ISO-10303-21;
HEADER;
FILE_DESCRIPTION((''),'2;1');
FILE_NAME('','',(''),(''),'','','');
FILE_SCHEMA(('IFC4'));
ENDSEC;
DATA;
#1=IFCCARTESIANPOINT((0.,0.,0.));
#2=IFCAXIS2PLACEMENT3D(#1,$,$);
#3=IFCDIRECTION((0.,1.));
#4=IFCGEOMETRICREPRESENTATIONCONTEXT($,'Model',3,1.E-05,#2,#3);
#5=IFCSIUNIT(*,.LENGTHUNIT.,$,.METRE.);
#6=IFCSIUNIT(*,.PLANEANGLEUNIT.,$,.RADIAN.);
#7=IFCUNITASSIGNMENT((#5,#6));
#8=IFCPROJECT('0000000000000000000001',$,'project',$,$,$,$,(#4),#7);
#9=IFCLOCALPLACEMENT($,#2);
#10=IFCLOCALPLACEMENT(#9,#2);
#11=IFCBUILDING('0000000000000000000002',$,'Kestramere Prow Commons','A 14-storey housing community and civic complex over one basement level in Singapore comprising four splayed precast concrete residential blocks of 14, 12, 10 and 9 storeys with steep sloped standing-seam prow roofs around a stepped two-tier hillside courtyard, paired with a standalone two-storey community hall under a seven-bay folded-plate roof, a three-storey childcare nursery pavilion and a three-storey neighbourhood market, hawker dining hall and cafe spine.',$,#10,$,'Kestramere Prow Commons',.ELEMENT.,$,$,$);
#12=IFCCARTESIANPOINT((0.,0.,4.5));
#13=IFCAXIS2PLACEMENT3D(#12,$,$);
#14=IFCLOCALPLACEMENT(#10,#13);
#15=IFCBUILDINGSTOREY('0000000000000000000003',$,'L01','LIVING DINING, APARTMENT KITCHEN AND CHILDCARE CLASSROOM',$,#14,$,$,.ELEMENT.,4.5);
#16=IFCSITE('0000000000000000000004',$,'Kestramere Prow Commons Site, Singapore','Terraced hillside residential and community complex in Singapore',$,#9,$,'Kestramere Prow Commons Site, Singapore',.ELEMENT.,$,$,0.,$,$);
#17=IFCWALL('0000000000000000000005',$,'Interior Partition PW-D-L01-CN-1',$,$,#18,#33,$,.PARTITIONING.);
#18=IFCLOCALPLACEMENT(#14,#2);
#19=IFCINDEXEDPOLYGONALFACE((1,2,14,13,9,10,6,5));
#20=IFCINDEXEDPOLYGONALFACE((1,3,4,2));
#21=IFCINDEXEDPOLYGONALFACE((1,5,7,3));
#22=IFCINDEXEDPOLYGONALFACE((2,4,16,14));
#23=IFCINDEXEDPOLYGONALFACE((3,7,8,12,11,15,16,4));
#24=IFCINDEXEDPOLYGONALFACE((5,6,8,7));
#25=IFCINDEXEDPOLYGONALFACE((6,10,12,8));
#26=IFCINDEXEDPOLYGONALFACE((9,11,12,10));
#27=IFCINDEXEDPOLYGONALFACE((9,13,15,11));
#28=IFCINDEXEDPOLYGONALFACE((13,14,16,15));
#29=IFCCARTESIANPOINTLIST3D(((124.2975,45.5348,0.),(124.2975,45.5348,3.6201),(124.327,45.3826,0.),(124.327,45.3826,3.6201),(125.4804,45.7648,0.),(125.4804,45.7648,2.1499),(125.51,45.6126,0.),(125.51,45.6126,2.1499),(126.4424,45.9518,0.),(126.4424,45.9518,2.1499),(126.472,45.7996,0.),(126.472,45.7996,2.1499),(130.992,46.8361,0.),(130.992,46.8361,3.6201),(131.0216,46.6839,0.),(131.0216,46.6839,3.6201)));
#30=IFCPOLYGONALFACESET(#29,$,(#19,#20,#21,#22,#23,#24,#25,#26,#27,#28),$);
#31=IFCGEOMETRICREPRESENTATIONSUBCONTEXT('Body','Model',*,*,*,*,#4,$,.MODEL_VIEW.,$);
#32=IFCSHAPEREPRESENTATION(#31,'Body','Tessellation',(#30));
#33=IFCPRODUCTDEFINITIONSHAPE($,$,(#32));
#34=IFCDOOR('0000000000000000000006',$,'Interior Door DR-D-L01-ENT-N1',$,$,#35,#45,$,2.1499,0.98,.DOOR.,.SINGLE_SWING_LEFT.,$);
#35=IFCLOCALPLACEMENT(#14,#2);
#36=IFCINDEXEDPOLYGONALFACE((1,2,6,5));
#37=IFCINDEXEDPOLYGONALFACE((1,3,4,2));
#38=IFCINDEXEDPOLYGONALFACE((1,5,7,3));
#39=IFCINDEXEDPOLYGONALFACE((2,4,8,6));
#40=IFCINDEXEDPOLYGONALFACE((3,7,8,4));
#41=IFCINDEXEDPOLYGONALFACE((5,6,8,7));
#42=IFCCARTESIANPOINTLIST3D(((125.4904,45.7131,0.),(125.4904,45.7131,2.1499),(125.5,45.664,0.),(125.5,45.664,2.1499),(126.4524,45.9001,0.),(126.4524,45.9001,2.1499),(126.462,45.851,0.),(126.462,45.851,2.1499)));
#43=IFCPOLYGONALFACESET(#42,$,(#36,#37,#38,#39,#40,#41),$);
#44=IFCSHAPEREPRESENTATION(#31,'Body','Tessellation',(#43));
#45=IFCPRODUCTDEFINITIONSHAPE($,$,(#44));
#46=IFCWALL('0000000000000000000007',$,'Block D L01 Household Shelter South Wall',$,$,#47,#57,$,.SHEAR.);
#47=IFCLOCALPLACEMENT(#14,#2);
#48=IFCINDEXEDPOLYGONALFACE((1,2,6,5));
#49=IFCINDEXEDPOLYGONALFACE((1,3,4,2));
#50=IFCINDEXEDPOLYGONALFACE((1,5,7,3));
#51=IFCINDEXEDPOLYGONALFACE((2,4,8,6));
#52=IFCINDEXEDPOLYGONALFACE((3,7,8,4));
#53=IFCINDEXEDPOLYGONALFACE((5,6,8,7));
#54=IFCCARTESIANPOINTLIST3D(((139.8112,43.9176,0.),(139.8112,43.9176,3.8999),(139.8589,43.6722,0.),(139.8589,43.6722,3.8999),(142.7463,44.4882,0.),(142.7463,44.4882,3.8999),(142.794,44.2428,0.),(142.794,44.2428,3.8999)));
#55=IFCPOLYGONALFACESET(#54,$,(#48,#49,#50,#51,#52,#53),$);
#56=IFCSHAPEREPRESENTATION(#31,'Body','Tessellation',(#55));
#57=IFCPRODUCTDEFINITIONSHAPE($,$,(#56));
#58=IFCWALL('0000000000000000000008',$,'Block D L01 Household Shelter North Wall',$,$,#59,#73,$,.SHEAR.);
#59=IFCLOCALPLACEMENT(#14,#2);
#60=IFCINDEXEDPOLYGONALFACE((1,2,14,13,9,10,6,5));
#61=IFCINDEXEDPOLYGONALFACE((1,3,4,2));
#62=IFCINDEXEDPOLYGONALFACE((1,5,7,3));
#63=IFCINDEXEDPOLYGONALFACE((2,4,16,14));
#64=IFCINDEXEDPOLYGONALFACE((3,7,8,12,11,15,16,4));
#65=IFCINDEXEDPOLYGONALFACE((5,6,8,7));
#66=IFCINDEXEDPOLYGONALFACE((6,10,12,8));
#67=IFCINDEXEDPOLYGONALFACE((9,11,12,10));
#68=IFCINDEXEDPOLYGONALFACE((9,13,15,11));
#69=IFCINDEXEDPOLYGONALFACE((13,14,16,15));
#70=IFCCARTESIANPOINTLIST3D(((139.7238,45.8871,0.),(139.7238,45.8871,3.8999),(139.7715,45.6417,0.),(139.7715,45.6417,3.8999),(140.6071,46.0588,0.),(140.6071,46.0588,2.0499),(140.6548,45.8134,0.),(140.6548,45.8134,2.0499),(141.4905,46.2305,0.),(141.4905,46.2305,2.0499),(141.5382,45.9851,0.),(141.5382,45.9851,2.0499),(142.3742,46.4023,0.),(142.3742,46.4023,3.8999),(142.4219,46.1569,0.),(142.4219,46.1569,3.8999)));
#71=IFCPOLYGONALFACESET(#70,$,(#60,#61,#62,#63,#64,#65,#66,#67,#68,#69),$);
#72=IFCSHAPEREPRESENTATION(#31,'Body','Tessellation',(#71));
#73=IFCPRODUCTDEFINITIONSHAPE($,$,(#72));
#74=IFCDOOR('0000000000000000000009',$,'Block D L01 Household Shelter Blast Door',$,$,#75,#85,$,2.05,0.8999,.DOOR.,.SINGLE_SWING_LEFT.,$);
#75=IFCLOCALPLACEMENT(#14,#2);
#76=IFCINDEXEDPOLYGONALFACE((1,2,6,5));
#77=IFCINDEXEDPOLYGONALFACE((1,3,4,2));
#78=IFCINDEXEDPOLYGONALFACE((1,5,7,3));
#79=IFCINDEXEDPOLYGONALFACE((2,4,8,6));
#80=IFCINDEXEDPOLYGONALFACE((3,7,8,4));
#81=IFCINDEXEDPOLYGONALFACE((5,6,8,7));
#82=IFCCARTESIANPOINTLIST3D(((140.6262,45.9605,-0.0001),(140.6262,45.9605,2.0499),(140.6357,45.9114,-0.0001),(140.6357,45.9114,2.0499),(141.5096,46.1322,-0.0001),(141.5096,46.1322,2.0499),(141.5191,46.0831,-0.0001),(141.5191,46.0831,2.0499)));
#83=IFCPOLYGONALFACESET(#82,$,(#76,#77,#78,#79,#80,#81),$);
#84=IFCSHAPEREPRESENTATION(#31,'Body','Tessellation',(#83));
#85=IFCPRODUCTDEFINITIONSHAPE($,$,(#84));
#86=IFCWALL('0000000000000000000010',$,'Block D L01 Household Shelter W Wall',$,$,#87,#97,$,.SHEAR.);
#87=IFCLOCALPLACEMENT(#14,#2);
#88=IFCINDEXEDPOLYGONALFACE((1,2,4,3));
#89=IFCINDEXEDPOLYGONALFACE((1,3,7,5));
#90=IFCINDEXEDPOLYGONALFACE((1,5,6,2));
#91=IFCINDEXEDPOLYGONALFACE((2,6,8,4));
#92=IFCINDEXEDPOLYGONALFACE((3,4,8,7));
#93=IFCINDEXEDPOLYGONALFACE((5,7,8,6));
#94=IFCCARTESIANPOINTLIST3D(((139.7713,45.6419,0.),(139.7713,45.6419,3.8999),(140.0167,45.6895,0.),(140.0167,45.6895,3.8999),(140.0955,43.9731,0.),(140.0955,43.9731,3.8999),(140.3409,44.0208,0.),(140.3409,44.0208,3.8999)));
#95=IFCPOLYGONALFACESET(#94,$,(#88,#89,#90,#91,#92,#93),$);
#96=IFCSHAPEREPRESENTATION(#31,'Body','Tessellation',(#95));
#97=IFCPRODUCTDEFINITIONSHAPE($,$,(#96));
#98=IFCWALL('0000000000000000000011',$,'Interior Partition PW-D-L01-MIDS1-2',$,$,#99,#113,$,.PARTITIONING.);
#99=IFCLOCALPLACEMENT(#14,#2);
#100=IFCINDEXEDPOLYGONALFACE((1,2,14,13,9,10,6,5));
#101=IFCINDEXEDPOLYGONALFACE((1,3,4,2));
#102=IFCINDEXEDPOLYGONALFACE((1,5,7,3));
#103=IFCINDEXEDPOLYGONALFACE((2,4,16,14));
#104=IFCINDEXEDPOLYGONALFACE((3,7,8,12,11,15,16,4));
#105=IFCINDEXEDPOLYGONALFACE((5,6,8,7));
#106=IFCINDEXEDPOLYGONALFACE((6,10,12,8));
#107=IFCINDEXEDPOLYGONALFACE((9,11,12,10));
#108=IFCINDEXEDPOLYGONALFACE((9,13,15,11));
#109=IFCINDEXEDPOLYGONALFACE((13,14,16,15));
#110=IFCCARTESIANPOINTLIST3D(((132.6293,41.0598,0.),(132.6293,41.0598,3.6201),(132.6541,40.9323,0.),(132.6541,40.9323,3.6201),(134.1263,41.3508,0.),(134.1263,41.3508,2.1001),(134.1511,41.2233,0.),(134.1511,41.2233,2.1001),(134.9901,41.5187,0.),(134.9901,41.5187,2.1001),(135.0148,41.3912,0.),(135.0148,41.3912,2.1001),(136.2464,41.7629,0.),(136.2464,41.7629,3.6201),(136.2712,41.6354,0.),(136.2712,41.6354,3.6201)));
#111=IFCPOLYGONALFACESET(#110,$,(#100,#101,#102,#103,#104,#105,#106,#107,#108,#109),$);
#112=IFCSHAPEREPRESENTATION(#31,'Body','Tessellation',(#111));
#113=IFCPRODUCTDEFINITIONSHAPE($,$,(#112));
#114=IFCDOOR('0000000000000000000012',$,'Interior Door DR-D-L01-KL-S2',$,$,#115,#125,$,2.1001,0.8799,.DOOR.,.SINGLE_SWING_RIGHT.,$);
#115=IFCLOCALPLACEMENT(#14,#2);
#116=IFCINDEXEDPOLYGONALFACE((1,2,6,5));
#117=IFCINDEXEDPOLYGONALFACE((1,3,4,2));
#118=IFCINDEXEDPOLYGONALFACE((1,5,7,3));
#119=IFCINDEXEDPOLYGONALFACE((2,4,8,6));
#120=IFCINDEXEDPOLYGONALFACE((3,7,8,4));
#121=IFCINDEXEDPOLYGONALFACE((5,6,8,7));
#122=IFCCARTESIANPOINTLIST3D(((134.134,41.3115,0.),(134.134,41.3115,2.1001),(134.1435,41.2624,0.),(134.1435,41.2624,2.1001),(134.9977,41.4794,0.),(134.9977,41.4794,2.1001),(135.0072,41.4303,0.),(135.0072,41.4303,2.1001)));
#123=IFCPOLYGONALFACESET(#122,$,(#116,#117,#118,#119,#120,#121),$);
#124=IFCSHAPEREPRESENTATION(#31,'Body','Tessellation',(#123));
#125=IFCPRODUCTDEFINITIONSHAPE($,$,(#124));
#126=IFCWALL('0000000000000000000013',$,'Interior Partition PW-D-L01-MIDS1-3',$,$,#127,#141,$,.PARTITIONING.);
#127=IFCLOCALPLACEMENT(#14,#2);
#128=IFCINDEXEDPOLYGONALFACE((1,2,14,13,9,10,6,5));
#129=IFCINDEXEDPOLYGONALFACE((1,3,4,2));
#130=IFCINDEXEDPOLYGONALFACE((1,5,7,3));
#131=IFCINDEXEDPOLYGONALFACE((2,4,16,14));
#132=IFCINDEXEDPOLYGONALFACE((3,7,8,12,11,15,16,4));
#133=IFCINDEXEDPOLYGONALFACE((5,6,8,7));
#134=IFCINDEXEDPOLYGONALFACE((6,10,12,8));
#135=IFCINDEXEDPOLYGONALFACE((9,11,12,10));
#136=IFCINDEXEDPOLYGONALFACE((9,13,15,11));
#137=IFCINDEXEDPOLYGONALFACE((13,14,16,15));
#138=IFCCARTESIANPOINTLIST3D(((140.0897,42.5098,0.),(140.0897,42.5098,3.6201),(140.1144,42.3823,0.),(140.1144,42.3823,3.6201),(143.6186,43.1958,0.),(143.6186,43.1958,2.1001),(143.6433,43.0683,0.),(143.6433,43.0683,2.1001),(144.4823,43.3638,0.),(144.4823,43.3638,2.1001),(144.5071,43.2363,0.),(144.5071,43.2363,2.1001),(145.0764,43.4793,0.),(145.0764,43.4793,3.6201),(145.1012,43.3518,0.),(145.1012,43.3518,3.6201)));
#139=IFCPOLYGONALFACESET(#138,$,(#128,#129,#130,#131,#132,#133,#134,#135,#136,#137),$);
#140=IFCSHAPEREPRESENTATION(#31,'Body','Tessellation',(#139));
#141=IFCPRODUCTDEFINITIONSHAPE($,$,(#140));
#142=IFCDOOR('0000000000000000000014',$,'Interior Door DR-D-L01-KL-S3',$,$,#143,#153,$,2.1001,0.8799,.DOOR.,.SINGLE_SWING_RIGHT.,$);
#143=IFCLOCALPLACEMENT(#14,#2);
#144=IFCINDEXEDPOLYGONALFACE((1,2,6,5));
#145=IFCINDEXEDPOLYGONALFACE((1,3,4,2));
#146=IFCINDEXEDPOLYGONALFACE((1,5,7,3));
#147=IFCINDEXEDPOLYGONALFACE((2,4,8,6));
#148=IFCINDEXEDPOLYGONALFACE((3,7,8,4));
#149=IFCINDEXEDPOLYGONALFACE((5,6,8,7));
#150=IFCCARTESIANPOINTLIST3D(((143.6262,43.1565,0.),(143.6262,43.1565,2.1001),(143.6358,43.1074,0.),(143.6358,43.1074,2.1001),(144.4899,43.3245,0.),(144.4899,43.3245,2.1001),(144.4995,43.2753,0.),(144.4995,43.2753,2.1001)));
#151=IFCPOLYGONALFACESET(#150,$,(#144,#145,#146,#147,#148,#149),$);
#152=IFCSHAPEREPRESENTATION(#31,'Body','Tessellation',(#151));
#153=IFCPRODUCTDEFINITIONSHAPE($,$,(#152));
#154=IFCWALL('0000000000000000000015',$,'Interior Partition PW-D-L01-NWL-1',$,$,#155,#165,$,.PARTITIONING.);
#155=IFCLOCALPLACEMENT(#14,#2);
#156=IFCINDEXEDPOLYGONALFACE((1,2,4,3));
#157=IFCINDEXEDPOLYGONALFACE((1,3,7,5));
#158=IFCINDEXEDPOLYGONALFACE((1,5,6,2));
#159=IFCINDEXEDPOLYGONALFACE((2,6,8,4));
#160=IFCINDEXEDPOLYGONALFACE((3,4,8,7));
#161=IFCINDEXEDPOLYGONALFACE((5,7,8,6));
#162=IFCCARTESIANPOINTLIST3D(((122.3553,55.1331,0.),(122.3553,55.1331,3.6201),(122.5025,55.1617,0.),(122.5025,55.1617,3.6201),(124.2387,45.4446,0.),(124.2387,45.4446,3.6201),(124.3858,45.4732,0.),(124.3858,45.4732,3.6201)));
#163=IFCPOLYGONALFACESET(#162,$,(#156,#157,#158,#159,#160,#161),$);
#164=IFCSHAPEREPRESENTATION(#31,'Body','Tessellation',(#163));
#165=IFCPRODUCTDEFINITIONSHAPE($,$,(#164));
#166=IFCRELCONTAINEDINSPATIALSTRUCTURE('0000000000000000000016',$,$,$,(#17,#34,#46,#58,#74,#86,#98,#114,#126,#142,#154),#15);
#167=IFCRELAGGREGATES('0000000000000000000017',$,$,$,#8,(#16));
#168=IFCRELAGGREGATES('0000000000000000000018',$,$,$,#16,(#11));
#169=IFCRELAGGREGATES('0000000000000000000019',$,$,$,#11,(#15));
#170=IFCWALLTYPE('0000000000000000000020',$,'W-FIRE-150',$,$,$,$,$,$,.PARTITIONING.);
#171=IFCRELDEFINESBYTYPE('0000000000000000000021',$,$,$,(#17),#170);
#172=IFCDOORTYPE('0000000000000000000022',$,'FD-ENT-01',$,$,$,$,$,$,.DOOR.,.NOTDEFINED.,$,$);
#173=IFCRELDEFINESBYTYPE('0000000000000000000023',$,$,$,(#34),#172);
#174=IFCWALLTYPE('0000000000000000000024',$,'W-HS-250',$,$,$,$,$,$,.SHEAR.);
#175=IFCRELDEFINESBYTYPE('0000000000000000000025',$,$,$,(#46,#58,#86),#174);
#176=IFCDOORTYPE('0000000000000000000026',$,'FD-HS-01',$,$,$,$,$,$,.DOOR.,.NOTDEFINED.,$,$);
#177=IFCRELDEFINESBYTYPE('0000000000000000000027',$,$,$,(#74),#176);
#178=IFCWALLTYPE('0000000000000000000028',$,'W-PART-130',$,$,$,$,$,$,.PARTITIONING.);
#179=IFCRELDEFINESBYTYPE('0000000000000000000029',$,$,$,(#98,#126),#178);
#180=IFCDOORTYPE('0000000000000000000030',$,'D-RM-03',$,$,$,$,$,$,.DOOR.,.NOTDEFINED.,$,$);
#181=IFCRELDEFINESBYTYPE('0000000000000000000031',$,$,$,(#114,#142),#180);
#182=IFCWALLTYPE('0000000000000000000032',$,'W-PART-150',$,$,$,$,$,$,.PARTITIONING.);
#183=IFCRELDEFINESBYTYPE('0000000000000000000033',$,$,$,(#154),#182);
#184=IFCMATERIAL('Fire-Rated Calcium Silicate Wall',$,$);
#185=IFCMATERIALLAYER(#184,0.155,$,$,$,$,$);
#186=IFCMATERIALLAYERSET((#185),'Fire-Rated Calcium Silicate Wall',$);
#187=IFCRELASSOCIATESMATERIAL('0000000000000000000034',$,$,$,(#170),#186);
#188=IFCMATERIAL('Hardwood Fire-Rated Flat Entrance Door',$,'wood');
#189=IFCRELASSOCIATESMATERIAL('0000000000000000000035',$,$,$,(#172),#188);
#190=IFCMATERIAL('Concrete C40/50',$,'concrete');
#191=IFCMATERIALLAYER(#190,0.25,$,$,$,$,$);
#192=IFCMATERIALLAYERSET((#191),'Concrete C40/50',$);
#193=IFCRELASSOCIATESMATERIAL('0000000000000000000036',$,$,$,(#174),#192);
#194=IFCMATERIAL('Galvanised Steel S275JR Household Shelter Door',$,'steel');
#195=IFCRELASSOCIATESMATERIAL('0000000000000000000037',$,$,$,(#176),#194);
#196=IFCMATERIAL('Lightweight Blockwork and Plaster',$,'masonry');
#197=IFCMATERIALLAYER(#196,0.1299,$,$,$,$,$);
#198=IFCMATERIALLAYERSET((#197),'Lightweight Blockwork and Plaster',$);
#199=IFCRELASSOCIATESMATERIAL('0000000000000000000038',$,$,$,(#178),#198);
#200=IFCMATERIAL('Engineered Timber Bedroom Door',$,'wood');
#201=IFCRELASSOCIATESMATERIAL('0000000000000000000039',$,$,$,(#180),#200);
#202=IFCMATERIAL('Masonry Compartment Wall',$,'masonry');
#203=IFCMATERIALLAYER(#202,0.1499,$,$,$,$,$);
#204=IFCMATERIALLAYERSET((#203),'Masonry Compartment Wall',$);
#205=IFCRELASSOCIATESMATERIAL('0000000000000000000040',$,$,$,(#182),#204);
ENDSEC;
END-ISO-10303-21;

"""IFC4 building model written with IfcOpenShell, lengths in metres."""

from ifc_helpers import new_model, si_unit, direction, frame, frame_2d, origin, place, context, subcontext, project, spatial, rectangle, extrude, material, layer, layer_set, type_object, element, fill, save


model = new_model("IFC4")

# Units and contexts
model_context = context("Model", 3, precision=1e-05, world=origin(), true_north=direction((0.0, 1.0)))
body_context = subcontext(model_context, "Body", "Model", "MODEL_VIEW")
ifc_project = project(units=[si_unit("LENGTHUNIT", "METRE"), si_unit("PLANEANGLEUNIT", "RADIAN")], contexts=[model_context])

# Site, building, storey
site_placement = place(None, origin())
site = spatial("IfcSite", under=ifc_project, at=site_placement, Name="Kestramere Prow Commons Site, Singapore", Description="Terraced hillside residential and community complex in Singapore", LongName="Kestramere Prow Commons Site, Singapore", CompositionType="ELEMENT", RefElevation=0.0)
building_placement = place(site_placement, origin())
building = spatial("IfcBuilding", under=site, at=building_placement, Name="Kestramere Prow Commons", Description="A 14-storey housing community and civic complex over one basement level in Singapore comprising four splayed precast concrete residential blocks of 14, 12, 10 and 9 storeys with steep sloped standing-seam prow roofs around a stepped two-tier hillside courtyard, paired with a standalone two-storey community hall under a seven-bay folded-plate roof, a three-storey childcare nursery pavilion and a three-storey neighbourhood market, hawker dining hall and cafe spine.", LongName="Kestramere Prow Commons", CompositionType="ELEMENT")
storey_placement = place(building_placement, frame((0.0, 0.0, 4.5)))
storey = spatial("IfcBuildingStorey", under=building, at=storey_placement, Name="L01", Description="LIVING DINING, APARTMENT KITCHEN AND CHILDCARE CLASSROOM", CompositionType="ELEMENT", Elevation=4.5)

# Wall, opening, door
ifc_material_1 = material(Name="Fire-Rated Calcium Silicate Wall")
ifc_layer_1 = layer(ifc_material_1, 0.155)
ifc_layer_set_1 = layer_set([ifc_layer_1], Name="Fire-Rated Calcium Silicate Wall")
wall_type_1 = type_object("IfcWallType", Name="W-FIRE-150", PredefinedType="PARTITIONING", material=ifc_layer_set_1)
ifc_material_2 = material(Name="Hardwood Fire-Rated Flat Entrance Door", Category="wood")
door_type_1 = type_object("IfcDoorType", Name="FD-ENT-01", OperationType="NOTDEFINED", PredefinedType="DOOR", material=ifc_material_2)
wall_1_placement = place(storey_placement, frame((124.3123, 45.4587, 0.0), z_axis=(0.0, 0.0, 1.0), x_axis=(0.981628, 0.190805, 0.0)))
wall_1 = element("IfcWall", 1, at=wall_1_placement, inside=storey, type_object=wall_type_1, Name="Interior Partition PW-D-L01-CN-1", PredefinedType="PARTITIONING", context=body_context, shape_type="SweptSolid", body=[
    extrude(rectangle(XDim=6.8198, YDim=0.155, at=frame_2d((3.4099, 0.0))), origin(), (0.0, 0.0, 1.0), 3.6201),
])
opening_1_placement = place(wall_1_placement, frame((1.2051, 0.0, 0.0)))
opening_1 = element("IfcOpeningElement", 2, at=opening_1_placement, cuts=wall_1, PredefinedType="OPENING", context=body_context, shape_type="SweptSolid", body=[
    extrude(rectangle(XDim=0.98, YDim=2.1499, at=frame_2d((0.49, 1.075))), frame((0.0, 0.0925, 0.0), z_axis=(0.0, -1.0, 0.0), x_axis=(1.0, 0.0, 0.0)), (0.0, 0.0, 1.0), 0.1851),
])
door_1_placement = place(opening_1_placement, origin())
door_1 = element("IfcDoor", 3, at=door_1_placement, inside=storey, type_object=door_type_1, Name="Interior Door DR-D-L01-ENT-N1", OperationType="SINGLE_SWING_LEFT", OverallHeight=2.1499, OverallWidth=0.98, PredefinedType="DOOR", context=body_context, shape_type="SweptSolid", body=[
    extrude(rectangle(XDim=0.98, YDim=2.1499, at=frame_2d((0.49, 1.075))), frame((0.0, 0.0249, 0.0), z_axis=(0.0, -1.0, 0.0), x_axis=(1.0, 0.0, 0.0)), (0.0, 0.0, 1.0), 0.05),
])
fill(opening_1, door_1)

# Wall
ifc_material_3 = material(Name="Concrete C40/50", Category="concrete")
ifc_layer_2 = layer(ifc_material_3, 0.25)
ifc_layer_set_2 = layer_set([ifc_layer_2], Name="Concrete C40/50")
wall_type_2 = type_object("IfcWallType", Name="W-HS-250", PredefinedType="SHEAR", material=ifc_layer_set_2)
wall_2_placement = place(storey_placement, frame((139.835, 43.7949, 0.0), z_axis=(0.0, 0.0, 1.0), x_axis=(0.981625, 0.190822, 0.0)))
element("IfcWall", 4, at=wall_2_placement, inside=storey, type_object=wall_type_2, Name="Block D L01 Household Shelter South Wall", PredefinedType="SHEAR", context=body_context, shape_type="SweptSolid", body=[
    extrude(rectangle(XDim=2.99, YDim=0.25, at=frame_2d((1.4951, 0.0))), origin(), (0.0, 0.0, 1.0), 3.8999),
])

# Wall, opening, door
wall_3_placement = place(storey_placement, frame((139.7476, 45.7644, 0.0), z_axis=(0.0, 0.0, 1.0), x_axis=(0.98163, 0.190792, 0.0)))
wall_3 = element("IfcWall", 5, at=wall_3_placement, inside=storey, type_object=wall_type_2, Name="Block D L01 Household Shelter North Wall", PredefinedType="SHEAR", context=body_context, shape_type="SweptSolid", body=[
    extrude(rectangle(XDim=2.7, YDim=0.25, at=frame_2d((1.3501, 0.0))), origin(), (0.0, 0.0, 1.0), 3.8999),
])
opening_2_placement = place(wall_3_placement, frame((0.8999, 0.0, 0.0)))
opening_2 = element("IfcOpeningElement", 6, at=opening_2_placement, cuts=wall_3, PredefinedType="OPENING", context=body_context, shape_type="SweptSolid", body=[
    extrude(rectangle(XDim=0.8999, YDim=2.05, at=frame_2d((0.45, 1.0249))), frame((0.0, 0.1399, 0.0), z_axis=(0.0, -1.0, 0.0), x_axis=(1.0, 0.0, 0.0)), (0.0, 0.0, 1.0), 0.28),
])
ifc_material_4 = material(Name="Galvanised Steel S275JR Household Shelter Door", Category="steel")
door_type_2 = type_object("IfcDoorType", Name="FD-HS-01", OperationType="NOTDEFINED", PredefinedType="DOOR", material=ifc_material_4)
door_2_placement = place(opening_2_placement, origin())
door_2 = element("IfcDoor", 7, at=door_2_placement, inside=storey, type_object=door_type_2, Name="Block D L01 Household Shelter Blast Door", OperationType="SINGLE_SWING_LEFT", OverallHeight=2.05, OverallWidth=0.8999, PredefinedType="DOOR", context=body_context, shape_type="SweptSolid", body=[
    extrude(rectangle(XDim=0.8999, YDim=2.05, at=frame_2d((0.45, 1.0249))), frame((0.0, 0.0249, 0.0), z_axis=(0.0, -1.0, 0.0), x_axis=(1.0, 0.0, 0.0)), (0.0, 0.0, 1.0), 0.05),
])
fill(opening_2, door_2)

# Wall
wall_4_placement = place(storey_placement, frame((140.2183, 43.9968, 0.0), z_axis=(0.0, 0.0, 1.0), x_axis=(-0.190727, 0.981643, 0.0)))
element("IfcWall", 8, at=wall_4_placement, inside=storey, type_object=wall_type_2, Name="Block D L01 Household Shelter W Wall", PredefinedType="SHEAR", context=body_context, shape_type="SweptSolid", body=[
    extrude(rectangle(XDim=1.7, YDim=0.25, at=frame_2d((0.8501, 0.0))), origin(), (0.0, 0.0, 1.0), 3.8999),
])

# Walls, openings, doors
ifc_material_5 = material(Name="Lightweight Blockwork and Plaster", Category="masonry")
ifc_layer_3 = layer(ifc_material_5, 0.1299)
ifc_layer_set_3 = layer_set([ifc_layer_3], Name="Lightweight Blockwork and Plaster")
wall_type_3 = type_object("IfcWallType", Name="W-PART-130", PredefinedType="PARTITIONING", material=ifc_layer_set_3)
wall_5_placement = place(storey_placement, frame((132.6418, 40.9961, 0.0), z_axis=(0.0, 0.0, 1.0), x_axis=(0.981626, 0.190813, 0.0)))
wall_5 = element("IfcWall", 9, at=wall_5_placement, inside=storey, type_object=wall_type_3, Name="Interior Partition PW-D-L01-MIDS1-2", PredefinedType="PARTITIONING", context=body_context, shape_type="SweptSolid", body=[
    extrude(rectangle(XDim=3.6848, YDim=0.1299, at=frame_2d((1.8423, 0.0))), origin(), (0.0, 0.0, 1.0), 3.6201),
])
opening_3_placement = place(wall_5_placement, frame((1.5249, 0.0, 0.0)))
opening_3 = element("IfcOpeningElement", 10, at=opening_3_placement, cuts=wall_5, PredefinedType="OPENING", context=body_context, shape_type="SweptSolid", body=[
    extrude(rectangle(XDim=0.8799, YDim=2.1001, at=frame_2d((0.4399, 1.05))), frame((0.0, 0.0798, 0.0), z_axis=(0.0, -1.0, 0.0), x_axis=(1.0, 0.0, 0.0)), (0.0, 0.0, 1.0), 0.1599),
])
ifc_material_6 = material(Name="Engineered Timber Bedroom Door", Category="wood")
door_type_3 = type_object("IfcDoorType", Name="D-RM-03", OperationType="NOTDEFINED", PredefinedType="DOOR", material=ifc_material_6)
door_3_placement = place(opening_3_placement, origin())
door_3 = element("IfcDoor", 11, at=door_3_placement, inside=storey, type_object=door_type_3, Name="Interior Door DR-D-L01-KL-S2", OperationType="SINGLE_SWING_RIGHT", OverallHeight=2.1001, OverallWidth=0.8799, PredefinedType="DOOR", context=body_context, shape_type="SweptSolid", body=[
    extrude(rectangle(XDim=0.8799, YDim=2.1001, at=frame_2d((0.4399, 1.05))), frame((0.0, 0.0249, 0.0), z_axis=(0.0, -1.0, 0.0), x_axis=(1.0, 0.0, 0.0)), (0.0, 0.0, 1.0), 0.05),
])
fill(opening_3, door_3)
wall_6_placement = place(storey_placement, frame((140.1021, 42.446, 0.0), z_axis=(0.0, 0.0, 1.0), x_axis=(0.981622, 0.190836, 0.0)))
wall_6 = element("IfcWall", 12, at=wall_6_placement, inside=storey, type_object=wall_type_3, Name="Interior Partition PW-D-L01-MIDS1-3", PredefinedType="PARTITIONING", context=body_context, shape_type="SweptSolid", body=[
    extrude(rectangle(XDim=5.0801, YDim=0.1299, at=frame_2d((2.54, 0.0))), origin(), (0.0, 0.0, 1.0), 3.6201),
])
opening_4_placement = place(wall_6_placement, frame((3.595, 0.0, 0.0)))
opening_4 = element("IfcOpeningElement", 13, at=opening_4_placement, cuts=wall_6, PredefinedType="OPENING", context=body_context, shape_type="SweptSolid", body=[
    extrude(rectangle(XDim=0.8799, YDim=2.1001, at=frame_2d((0.4399, 1.05))), frame((0.0, 0.0798, 0.0), z_axis=(0.0, -1.0, 0.0), x_axis=(1.0, 0.0, 0.0)), (0.0, 0.0, 1.0), 0.1599),
])
door_4_placement = place(opening_4_placement, origin())
door_4 = element("IfcDoor", 14, at=door_4_placement, inside=storey, type_object=door_type_3, Name="Interior Door DR-D-L01-KL-S3", OperationType="SINGLE_SWING_RIGHT", OverallHeight=2.1001, OverallWidth=0.8799, PredefinedType="DOOR", context=body_context, shape_type="SweptSolid", body=[
    extrude(rectangle(XDim=0.8799, YDim=2.1001, at=frame_2d((0.4399, 1.05))), frame((0.0, 0.0249, 0.0), z_axis=(0.0, -1.0, 0.0), x_axis=(1.0, 0.0, 0.0)), (0.0, 0.0, 1.0), 0.05),
])
fill(opening_4, door_4)

# Wall
ifc_material_7 = material(Name="Masonry Compartment Wall", Category="masonry")
ifc_layer_4 = layer(ifc_material_7, 0.1499)
ifc_layer_set_4 = layer_set([ifc_layer_4], Name="Masonry Compartment Wall")
wall_type_4 = type_object("IfcWallType", Name="W-PART-150", PredefinedType="PARTITIONING", material=ifc_layer_set_4)
wall_7_placement = place(storey_placement, frame((124.3123, 45.4587, 0.0), z_axis=(0.0, 0.0, 1.0), x_axis=(-0.190814, 0.981626, 0.0)))
element("IfcWall", 15, at=wall_7_placement, inside=storey, type_object=wall_type_4, Name="Interior Partition PW-D-L01-NWL-1", PredefinedType="PARTITIONING", context=body_context, shape_type="SweptSolid", body=[
    extrude(rectangle(XDim=9.8699, YDim=0.1499, at=frame_2d((4.9351, 0.0))), origin(), (0.0, 0.0, 1.0), 3.6201),
])

save(model, "model.ifc")
